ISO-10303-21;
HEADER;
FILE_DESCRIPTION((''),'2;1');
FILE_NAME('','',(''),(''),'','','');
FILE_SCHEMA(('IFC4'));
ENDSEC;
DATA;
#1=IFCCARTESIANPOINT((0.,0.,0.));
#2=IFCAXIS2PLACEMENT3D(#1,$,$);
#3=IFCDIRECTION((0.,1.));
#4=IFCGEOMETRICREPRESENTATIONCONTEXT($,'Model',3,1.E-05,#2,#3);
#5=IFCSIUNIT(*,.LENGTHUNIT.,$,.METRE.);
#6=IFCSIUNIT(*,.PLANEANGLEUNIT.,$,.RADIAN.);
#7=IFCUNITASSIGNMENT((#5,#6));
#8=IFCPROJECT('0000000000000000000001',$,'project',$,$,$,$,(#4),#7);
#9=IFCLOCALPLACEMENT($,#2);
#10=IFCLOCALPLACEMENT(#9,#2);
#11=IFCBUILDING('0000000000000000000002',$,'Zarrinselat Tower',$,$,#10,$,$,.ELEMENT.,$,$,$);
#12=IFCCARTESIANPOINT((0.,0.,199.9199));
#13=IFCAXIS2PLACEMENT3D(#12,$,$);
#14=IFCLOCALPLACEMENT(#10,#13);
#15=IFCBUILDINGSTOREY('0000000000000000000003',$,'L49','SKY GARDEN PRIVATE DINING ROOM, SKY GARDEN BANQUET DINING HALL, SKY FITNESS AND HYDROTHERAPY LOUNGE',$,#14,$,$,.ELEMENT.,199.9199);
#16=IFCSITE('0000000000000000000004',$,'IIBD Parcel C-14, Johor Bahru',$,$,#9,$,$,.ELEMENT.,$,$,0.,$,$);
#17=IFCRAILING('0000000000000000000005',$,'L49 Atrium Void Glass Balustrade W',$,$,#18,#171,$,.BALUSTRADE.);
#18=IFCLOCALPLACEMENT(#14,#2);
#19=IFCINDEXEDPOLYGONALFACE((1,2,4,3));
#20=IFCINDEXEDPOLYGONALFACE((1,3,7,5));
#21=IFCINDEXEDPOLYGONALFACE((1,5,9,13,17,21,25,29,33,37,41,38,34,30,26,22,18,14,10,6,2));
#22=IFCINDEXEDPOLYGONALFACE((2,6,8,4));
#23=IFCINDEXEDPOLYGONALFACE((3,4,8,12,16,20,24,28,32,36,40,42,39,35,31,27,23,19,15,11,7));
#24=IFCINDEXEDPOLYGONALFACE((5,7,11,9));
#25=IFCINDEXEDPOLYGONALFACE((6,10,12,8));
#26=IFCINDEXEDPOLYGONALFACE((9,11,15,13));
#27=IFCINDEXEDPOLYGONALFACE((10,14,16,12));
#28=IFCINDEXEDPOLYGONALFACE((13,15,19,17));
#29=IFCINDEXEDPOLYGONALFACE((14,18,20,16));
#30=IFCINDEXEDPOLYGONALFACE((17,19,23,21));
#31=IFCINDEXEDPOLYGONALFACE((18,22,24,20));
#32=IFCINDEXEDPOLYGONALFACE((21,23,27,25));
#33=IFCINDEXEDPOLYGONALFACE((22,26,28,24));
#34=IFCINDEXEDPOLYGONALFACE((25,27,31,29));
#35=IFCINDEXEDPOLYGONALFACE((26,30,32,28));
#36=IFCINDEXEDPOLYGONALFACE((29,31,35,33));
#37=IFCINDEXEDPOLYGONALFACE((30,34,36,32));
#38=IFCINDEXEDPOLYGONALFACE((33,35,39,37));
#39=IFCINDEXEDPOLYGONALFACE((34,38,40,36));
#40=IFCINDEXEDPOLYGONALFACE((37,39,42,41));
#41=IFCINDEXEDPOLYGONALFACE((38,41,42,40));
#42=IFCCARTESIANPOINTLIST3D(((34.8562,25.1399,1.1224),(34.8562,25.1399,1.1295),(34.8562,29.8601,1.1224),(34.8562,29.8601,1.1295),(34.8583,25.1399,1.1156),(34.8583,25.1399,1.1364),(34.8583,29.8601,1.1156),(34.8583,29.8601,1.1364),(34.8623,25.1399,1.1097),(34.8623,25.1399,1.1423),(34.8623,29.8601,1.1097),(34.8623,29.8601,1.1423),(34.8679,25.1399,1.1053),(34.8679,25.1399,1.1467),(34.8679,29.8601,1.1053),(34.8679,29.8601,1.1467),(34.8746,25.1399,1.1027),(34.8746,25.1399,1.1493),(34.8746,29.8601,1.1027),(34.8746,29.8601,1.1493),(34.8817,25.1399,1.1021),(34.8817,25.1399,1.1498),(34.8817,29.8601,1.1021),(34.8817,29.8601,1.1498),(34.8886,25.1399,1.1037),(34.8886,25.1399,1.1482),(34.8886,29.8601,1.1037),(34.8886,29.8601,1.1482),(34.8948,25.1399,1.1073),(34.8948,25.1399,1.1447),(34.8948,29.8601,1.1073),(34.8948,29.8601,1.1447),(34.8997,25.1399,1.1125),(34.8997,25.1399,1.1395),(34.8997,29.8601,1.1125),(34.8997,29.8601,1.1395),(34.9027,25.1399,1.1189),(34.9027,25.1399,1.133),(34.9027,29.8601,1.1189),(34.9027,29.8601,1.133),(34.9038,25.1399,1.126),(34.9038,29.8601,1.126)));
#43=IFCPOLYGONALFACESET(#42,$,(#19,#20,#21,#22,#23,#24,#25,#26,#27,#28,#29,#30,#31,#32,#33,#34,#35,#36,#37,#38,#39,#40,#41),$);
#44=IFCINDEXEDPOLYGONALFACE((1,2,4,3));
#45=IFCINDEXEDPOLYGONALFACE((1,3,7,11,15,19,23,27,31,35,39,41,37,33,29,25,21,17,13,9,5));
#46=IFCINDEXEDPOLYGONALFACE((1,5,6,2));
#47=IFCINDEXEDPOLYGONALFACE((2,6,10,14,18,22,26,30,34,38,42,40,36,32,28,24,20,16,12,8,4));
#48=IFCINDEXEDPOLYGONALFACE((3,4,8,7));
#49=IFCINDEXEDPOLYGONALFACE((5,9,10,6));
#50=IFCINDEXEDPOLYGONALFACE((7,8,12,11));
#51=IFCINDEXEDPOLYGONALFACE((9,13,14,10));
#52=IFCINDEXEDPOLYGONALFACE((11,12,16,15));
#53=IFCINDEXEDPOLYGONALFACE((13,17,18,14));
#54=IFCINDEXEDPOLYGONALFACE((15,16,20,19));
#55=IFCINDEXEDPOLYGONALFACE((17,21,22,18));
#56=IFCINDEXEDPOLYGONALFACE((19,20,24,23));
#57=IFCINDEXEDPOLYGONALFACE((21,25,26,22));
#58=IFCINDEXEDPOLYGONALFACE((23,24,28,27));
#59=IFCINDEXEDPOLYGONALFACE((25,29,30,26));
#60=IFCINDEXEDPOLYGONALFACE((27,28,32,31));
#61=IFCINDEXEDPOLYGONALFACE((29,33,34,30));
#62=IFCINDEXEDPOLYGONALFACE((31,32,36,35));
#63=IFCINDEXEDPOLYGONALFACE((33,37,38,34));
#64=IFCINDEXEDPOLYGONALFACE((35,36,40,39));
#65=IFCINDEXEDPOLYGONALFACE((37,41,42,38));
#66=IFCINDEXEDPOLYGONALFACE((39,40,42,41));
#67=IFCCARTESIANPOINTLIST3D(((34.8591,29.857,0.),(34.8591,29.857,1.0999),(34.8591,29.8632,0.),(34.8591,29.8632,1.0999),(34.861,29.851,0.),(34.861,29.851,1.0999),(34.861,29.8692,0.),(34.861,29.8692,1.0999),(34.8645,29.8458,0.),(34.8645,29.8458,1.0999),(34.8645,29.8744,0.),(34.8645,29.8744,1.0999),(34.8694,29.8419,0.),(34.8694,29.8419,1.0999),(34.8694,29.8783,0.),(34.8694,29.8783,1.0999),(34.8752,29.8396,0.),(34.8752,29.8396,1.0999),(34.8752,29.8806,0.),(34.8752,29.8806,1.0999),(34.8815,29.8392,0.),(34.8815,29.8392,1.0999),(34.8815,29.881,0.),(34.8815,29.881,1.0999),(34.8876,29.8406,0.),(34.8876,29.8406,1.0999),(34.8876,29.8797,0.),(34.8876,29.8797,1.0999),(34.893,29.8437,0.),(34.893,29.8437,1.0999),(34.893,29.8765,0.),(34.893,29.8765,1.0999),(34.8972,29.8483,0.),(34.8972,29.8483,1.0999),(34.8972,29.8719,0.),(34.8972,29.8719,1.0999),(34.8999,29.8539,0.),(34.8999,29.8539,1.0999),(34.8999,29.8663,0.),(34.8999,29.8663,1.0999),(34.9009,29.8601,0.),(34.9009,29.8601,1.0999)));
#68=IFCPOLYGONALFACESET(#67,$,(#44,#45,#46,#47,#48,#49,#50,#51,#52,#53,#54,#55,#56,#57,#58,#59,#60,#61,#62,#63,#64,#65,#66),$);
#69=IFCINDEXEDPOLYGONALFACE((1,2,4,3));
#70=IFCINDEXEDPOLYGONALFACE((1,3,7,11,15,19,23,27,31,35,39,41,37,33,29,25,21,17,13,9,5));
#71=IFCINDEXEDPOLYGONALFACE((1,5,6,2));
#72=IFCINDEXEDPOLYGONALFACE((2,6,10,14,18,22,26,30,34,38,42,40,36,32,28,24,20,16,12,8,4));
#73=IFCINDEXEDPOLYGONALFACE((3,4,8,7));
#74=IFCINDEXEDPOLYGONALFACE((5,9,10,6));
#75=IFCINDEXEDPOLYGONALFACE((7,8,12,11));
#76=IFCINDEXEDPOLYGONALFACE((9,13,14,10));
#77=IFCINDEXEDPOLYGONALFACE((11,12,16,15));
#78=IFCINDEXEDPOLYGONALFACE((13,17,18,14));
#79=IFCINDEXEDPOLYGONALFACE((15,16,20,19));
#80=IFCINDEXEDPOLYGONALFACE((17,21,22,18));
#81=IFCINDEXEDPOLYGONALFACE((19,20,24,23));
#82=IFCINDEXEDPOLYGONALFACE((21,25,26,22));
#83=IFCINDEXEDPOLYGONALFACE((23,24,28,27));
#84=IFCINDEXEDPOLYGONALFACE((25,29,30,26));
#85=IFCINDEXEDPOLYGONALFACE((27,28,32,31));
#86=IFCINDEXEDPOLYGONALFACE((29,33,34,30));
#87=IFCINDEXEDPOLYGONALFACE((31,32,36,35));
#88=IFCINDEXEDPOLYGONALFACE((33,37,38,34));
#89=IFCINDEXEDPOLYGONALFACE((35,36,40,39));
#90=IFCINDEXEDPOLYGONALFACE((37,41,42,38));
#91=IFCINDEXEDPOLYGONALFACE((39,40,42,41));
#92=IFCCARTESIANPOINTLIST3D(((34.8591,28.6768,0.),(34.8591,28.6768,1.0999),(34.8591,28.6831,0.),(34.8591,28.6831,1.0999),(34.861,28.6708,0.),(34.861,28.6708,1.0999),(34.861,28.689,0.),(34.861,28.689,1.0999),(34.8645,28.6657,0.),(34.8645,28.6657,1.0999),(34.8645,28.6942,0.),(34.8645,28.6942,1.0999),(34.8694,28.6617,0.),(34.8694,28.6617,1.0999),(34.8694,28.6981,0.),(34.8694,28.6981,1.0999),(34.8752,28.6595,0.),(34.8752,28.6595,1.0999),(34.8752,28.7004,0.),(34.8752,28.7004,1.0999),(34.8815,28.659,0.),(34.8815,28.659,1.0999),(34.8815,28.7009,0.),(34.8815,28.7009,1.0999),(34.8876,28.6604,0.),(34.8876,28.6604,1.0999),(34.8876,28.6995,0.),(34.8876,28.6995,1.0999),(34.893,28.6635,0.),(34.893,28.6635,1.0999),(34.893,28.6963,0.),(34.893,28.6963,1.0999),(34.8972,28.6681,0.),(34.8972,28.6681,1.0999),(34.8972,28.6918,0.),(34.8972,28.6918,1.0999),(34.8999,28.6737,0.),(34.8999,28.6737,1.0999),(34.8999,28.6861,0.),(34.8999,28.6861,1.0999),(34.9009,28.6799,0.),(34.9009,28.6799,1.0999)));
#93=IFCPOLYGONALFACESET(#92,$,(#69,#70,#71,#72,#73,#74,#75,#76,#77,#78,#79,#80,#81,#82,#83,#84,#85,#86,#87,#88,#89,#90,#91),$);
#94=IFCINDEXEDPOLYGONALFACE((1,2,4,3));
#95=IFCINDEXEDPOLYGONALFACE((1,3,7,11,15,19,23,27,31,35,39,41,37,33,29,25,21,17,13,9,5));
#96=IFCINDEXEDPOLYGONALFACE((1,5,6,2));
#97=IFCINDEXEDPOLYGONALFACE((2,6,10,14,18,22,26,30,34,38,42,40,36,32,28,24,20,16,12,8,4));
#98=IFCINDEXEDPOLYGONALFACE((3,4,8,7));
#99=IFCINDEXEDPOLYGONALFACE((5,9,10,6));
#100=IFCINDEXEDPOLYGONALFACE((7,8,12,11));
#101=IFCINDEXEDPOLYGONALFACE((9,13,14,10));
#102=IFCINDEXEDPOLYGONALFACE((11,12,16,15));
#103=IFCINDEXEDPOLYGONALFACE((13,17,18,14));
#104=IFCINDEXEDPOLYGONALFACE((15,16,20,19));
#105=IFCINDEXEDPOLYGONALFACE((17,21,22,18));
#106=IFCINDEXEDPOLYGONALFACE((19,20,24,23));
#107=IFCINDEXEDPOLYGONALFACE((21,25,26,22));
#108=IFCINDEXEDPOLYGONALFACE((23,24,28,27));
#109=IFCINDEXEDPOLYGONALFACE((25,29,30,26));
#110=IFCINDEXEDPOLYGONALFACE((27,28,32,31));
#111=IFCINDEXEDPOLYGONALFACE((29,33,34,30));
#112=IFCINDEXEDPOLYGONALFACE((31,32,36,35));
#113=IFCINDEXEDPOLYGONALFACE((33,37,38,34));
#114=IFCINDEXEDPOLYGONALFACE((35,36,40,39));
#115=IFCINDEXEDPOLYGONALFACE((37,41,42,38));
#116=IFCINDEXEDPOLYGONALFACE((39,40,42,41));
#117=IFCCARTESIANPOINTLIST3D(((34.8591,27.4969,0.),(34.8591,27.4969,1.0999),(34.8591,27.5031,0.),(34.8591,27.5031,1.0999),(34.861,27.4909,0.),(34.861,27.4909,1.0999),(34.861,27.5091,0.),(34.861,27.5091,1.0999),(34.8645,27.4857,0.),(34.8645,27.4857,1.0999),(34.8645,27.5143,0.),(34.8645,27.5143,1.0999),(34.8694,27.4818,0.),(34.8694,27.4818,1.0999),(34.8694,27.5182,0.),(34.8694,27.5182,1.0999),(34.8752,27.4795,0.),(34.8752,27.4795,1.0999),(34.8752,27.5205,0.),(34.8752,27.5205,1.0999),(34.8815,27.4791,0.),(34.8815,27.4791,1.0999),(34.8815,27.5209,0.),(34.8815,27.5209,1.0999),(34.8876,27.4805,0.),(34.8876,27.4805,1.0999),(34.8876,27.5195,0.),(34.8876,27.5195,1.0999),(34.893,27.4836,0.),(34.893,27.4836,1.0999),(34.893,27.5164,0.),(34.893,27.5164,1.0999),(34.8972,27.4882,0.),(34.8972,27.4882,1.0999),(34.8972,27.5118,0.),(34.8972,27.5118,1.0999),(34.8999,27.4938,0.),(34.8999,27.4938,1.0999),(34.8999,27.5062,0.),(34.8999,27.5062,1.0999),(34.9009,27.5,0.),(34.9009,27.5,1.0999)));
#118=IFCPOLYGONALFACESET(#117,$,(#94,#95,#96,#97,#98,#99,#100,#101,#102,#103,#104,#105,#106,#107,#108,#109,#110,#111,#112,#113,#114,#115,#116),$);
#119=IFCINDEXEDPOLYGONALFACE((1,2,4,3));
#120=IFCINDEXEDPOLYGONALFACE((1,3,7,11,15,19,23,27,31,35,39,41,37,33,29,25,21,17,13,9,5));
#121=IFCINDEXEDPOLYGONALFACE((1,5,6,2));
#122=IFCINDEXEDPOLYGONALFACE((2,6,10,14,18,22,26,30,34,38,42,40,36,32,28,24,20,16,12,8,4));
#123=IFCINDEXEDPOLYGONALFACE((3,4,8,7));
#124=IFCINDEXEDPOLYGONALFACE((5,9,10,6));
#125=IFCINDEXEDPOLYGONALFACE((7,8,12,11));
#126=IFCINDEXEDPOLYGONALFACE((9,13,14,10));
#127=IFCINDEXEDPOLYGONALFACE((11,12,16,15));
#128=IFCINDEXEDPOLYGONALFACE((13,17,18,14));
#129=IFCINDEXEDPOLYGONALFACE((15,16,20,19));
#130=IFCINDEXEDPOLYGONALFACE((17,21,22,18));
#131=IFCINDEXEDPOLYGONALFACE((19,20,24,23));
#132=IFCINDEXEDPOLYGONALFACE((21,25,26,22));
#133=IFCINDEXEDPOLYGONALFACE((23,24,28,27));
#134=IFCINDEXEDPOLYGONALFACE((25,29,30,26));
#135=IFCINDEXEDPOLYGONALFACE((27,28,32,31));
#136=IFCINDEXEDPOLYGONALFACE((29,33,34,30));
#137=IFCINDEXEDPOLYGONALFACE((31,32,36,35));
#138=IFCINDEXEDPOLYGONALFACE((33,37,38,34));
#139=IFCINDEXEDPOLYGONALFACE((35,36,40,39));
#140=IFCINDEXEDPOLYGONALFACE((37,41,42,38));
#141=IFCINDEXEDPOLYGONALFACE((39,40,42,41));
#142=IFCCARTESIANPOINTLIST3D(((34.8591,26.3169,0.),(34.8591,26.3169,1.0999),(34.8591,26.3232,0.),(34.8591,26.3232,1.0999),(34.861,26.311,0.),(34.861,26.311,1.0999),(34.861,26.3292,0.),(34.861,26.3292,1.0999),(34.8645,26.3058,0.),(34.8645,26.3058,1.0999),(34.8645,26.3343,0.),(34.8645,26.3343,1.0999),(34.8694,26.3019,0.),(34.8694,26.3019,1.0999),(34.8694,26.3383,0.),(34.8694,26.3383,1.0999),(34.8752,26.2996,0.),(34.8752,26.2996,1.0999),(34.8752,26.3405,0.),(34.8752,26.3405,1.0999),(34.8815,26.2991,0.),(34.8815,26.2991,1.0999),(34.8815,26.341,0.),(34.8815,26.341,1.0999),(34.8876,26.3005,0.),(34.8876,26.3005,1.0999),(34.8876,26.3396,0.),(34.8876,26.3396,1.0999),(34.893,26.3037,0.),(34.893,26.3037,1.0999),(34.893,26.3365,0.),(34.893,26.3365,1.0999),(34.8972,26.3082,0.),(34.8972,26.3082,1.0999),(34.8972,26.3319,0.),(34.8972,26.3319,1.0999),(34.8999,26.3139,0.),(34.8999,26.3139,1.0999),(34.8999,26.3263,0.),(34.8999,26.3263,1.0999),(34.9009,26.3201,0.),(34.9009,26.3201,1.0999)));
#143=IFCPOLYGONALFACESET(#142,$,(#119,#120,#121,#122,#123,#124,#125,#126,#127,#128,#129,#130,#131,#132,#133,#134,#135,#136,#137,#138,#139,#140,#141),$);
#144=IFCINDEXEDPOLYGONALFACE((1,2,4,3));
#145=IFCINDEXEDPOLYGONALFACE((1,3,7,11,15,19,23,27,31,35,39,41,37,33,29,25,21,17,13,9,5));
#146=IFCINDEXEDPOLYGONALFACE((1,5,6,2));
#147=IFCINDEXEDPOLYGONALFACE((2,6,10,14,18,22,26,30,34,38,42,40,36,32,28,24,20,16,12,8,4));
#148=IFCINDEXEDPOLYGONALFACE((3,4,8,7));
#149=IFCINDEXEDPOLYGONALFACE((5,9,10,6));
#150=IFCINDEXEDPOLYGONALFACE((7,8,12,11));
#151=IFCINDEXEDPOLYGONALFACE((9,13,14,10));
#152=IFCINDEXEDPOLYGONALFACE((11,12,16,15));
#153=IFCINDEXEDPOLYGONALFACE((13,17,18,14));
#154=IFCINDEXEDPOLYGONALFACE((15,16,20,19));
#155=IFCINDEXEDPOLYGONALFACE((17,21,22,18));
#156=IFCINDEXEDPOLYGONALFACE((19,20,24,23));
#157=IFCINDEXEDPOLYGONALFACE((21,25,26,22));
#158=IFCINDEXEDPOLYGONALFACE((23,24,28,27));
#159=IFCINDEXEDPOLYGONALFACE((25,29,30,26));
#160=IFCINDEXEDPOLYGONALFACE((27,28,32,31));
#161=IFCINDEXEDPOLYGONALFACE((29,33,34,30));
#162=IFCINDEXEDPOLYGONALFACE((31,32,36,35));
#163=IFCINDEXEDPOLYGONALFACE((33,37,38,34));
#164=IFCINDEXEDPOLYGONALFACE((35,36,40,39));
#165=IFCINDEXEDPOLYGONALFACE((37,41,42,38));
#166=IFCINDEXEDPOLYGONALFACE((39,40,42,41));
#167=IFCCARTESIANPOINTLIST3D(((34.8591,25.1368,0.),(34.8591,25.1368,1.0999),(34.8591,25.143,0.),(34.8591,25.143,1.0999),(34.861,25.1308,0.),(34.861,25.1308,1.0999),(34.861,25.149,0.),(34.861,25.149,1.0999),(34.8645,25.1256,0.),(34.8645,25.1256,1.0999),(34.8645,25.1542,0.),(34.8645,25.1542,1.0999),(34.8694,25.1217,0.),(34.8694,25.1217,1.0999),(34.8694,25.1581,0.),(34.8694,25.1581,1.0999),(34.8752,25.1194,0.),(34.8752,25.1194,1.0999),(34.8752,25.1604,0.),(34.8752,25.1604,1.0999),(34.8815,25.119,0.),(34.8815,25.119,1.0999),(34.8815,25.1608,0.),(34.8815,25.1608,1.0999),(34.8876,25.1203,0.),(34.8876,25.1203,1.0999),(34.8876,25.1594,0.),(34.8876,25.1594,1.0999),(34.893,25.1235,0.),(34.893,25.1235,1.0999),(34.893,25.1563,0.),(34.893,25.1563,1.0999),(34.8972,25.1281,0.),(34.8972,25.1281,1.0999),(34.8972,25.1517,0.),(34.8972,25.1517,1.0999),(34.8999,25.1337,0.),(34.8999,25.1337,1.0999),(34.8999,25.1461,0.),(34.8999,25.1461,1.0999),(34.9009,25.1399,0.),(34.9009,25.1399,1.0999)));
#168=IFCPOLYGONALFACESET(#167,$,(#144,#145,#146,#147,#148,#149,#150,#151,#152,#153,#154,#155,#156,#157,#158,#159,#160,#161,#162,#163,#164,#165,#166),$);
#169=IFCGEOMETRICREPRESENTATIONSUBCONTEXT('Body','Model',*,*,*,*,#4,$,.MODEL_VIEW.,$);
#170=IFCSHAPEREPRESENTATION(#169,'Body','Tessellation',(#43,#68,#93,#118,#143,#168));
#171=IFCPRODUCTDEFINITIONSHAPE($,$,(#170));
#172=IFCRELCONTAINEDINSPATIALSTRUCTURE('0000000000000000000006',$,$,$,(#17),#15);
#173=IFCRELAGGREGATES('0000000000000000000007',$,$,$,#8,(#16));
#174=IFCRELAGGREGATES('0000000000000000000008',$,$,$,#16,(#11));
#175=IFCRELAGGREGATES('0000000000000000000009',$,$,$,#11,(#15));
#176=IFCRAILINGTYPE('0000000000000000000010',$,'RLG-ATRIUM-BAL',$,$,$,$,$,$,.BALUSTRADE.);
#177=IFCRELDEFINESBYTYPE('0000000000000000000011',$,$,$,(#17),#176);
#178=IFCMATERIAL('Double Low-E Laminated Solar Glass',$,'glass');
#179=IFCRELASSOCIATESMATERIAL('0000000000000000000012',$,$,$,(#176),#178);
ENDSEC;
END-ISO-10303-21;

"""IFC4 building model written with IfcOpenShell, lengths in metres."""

from ifc_helpers import new_model, si_unit, direction, frame, origin, origin_2d, place, context, subcontext, project, spatial, circle, extrude, material, type_object, element, save


model = new_model("IFC4")

# Units and contexts
model_context = context("Model", 3, precision=1e-05, world=origin(), true_north=direction((0.0, 1.0)))
body_context = subcontext(model_context, "Body", "Model", "MODEL_VIEW")
ifc_project = project(units=[si_unit("LENGTHUNIT", "METRE"), si_unit("PLANEANGLEUNIT", "RADIAN")], contexts=[model_context])

# Site, building, storey
site_placement = place(None, origin())
site = spatial("IfcSite", under=ifc_project, at=site_placement, Name="IIBD Parcel C-14, Johor Bahru", CompositionType="ELEMENT", RefElevation=0.0)
building_placement = place(site_placement, origin())
building = spatial("IfcBuilding", under=site, at=building_placement, Name="Zarrinselat Tower", CompositionType="ELEMENT")
storey_placement = place(building_placement, frame((0.0, 0.0, 199.9199)))
storey = spatial("IfcBuildingStorey", under=building, at=storey_placement, Name="L49", Description="SKY GARDEN PRIVATE DINING ROOM, SKY GARDEN BANQUET DINING HALL, SKY FITNESS AND HYDROTHERAPY LOUNGE", CompositionType="ELEMENT", Elevation=199.9199)

# Railing
ifc_material_1 = material(Name="Double Low-E Laminated Solar Glass", Category="glass")
railing_type = type_object("IfcRailingType", Name="RLG-ATRIUM-BAL", PredefinedType="BALUSTRADE", material=ifc_material_1)
railing_placement = place(storey_placement, frame((34.8799, 29.8601, 0.0)))
element("IfcRailing", 1, at=railing_placement, inside=storey, type_object=railing_type, Name="L49 Atrium Void Glass Balustrade W", PredefinedType="BALUSTRADE", context=body_context, shape_type="SweptSolid", body=[
    extrude(circle(Radius=0.0239, at=origin_2d()), frame((0.0, 0.0, 1.126), z_axis=(0.0, -1.0, 0.0), x_axis=(1.0, 0.0, 0.0)), (0.0, 0.0, 1.0), 4.7202),
    extrude(circle(Radius=0.021, at=origin_2d()), origin(), (0.0, 0.0, 1.0), 1.0999),
    extrude(circle(Radius=0.021, at=origin_2d()), frame((0.0, -1.1802, 0.0)), (0.0, 0.0, 1.0), 1.0999),
    extrude(circle(Radius=0.021, at=origin_2d()), frame((0.0, -2.3601, 0.0)), (0.0, 0.0, 1.0), 1.0999),
    extrude(circle(Radius=0.021, at=origin_2d()), frame((0.0, -3.54, 0.0)), (0.0, 0.0, 1.0), 1.0999),
    extrude(circle(Radius=0.021, at=origin_2d()), frame((0.0, -4.7202, 0.0)), (0.0, 0.0, 1.0), 1.0999),
])

save(model, "model.ifc")
